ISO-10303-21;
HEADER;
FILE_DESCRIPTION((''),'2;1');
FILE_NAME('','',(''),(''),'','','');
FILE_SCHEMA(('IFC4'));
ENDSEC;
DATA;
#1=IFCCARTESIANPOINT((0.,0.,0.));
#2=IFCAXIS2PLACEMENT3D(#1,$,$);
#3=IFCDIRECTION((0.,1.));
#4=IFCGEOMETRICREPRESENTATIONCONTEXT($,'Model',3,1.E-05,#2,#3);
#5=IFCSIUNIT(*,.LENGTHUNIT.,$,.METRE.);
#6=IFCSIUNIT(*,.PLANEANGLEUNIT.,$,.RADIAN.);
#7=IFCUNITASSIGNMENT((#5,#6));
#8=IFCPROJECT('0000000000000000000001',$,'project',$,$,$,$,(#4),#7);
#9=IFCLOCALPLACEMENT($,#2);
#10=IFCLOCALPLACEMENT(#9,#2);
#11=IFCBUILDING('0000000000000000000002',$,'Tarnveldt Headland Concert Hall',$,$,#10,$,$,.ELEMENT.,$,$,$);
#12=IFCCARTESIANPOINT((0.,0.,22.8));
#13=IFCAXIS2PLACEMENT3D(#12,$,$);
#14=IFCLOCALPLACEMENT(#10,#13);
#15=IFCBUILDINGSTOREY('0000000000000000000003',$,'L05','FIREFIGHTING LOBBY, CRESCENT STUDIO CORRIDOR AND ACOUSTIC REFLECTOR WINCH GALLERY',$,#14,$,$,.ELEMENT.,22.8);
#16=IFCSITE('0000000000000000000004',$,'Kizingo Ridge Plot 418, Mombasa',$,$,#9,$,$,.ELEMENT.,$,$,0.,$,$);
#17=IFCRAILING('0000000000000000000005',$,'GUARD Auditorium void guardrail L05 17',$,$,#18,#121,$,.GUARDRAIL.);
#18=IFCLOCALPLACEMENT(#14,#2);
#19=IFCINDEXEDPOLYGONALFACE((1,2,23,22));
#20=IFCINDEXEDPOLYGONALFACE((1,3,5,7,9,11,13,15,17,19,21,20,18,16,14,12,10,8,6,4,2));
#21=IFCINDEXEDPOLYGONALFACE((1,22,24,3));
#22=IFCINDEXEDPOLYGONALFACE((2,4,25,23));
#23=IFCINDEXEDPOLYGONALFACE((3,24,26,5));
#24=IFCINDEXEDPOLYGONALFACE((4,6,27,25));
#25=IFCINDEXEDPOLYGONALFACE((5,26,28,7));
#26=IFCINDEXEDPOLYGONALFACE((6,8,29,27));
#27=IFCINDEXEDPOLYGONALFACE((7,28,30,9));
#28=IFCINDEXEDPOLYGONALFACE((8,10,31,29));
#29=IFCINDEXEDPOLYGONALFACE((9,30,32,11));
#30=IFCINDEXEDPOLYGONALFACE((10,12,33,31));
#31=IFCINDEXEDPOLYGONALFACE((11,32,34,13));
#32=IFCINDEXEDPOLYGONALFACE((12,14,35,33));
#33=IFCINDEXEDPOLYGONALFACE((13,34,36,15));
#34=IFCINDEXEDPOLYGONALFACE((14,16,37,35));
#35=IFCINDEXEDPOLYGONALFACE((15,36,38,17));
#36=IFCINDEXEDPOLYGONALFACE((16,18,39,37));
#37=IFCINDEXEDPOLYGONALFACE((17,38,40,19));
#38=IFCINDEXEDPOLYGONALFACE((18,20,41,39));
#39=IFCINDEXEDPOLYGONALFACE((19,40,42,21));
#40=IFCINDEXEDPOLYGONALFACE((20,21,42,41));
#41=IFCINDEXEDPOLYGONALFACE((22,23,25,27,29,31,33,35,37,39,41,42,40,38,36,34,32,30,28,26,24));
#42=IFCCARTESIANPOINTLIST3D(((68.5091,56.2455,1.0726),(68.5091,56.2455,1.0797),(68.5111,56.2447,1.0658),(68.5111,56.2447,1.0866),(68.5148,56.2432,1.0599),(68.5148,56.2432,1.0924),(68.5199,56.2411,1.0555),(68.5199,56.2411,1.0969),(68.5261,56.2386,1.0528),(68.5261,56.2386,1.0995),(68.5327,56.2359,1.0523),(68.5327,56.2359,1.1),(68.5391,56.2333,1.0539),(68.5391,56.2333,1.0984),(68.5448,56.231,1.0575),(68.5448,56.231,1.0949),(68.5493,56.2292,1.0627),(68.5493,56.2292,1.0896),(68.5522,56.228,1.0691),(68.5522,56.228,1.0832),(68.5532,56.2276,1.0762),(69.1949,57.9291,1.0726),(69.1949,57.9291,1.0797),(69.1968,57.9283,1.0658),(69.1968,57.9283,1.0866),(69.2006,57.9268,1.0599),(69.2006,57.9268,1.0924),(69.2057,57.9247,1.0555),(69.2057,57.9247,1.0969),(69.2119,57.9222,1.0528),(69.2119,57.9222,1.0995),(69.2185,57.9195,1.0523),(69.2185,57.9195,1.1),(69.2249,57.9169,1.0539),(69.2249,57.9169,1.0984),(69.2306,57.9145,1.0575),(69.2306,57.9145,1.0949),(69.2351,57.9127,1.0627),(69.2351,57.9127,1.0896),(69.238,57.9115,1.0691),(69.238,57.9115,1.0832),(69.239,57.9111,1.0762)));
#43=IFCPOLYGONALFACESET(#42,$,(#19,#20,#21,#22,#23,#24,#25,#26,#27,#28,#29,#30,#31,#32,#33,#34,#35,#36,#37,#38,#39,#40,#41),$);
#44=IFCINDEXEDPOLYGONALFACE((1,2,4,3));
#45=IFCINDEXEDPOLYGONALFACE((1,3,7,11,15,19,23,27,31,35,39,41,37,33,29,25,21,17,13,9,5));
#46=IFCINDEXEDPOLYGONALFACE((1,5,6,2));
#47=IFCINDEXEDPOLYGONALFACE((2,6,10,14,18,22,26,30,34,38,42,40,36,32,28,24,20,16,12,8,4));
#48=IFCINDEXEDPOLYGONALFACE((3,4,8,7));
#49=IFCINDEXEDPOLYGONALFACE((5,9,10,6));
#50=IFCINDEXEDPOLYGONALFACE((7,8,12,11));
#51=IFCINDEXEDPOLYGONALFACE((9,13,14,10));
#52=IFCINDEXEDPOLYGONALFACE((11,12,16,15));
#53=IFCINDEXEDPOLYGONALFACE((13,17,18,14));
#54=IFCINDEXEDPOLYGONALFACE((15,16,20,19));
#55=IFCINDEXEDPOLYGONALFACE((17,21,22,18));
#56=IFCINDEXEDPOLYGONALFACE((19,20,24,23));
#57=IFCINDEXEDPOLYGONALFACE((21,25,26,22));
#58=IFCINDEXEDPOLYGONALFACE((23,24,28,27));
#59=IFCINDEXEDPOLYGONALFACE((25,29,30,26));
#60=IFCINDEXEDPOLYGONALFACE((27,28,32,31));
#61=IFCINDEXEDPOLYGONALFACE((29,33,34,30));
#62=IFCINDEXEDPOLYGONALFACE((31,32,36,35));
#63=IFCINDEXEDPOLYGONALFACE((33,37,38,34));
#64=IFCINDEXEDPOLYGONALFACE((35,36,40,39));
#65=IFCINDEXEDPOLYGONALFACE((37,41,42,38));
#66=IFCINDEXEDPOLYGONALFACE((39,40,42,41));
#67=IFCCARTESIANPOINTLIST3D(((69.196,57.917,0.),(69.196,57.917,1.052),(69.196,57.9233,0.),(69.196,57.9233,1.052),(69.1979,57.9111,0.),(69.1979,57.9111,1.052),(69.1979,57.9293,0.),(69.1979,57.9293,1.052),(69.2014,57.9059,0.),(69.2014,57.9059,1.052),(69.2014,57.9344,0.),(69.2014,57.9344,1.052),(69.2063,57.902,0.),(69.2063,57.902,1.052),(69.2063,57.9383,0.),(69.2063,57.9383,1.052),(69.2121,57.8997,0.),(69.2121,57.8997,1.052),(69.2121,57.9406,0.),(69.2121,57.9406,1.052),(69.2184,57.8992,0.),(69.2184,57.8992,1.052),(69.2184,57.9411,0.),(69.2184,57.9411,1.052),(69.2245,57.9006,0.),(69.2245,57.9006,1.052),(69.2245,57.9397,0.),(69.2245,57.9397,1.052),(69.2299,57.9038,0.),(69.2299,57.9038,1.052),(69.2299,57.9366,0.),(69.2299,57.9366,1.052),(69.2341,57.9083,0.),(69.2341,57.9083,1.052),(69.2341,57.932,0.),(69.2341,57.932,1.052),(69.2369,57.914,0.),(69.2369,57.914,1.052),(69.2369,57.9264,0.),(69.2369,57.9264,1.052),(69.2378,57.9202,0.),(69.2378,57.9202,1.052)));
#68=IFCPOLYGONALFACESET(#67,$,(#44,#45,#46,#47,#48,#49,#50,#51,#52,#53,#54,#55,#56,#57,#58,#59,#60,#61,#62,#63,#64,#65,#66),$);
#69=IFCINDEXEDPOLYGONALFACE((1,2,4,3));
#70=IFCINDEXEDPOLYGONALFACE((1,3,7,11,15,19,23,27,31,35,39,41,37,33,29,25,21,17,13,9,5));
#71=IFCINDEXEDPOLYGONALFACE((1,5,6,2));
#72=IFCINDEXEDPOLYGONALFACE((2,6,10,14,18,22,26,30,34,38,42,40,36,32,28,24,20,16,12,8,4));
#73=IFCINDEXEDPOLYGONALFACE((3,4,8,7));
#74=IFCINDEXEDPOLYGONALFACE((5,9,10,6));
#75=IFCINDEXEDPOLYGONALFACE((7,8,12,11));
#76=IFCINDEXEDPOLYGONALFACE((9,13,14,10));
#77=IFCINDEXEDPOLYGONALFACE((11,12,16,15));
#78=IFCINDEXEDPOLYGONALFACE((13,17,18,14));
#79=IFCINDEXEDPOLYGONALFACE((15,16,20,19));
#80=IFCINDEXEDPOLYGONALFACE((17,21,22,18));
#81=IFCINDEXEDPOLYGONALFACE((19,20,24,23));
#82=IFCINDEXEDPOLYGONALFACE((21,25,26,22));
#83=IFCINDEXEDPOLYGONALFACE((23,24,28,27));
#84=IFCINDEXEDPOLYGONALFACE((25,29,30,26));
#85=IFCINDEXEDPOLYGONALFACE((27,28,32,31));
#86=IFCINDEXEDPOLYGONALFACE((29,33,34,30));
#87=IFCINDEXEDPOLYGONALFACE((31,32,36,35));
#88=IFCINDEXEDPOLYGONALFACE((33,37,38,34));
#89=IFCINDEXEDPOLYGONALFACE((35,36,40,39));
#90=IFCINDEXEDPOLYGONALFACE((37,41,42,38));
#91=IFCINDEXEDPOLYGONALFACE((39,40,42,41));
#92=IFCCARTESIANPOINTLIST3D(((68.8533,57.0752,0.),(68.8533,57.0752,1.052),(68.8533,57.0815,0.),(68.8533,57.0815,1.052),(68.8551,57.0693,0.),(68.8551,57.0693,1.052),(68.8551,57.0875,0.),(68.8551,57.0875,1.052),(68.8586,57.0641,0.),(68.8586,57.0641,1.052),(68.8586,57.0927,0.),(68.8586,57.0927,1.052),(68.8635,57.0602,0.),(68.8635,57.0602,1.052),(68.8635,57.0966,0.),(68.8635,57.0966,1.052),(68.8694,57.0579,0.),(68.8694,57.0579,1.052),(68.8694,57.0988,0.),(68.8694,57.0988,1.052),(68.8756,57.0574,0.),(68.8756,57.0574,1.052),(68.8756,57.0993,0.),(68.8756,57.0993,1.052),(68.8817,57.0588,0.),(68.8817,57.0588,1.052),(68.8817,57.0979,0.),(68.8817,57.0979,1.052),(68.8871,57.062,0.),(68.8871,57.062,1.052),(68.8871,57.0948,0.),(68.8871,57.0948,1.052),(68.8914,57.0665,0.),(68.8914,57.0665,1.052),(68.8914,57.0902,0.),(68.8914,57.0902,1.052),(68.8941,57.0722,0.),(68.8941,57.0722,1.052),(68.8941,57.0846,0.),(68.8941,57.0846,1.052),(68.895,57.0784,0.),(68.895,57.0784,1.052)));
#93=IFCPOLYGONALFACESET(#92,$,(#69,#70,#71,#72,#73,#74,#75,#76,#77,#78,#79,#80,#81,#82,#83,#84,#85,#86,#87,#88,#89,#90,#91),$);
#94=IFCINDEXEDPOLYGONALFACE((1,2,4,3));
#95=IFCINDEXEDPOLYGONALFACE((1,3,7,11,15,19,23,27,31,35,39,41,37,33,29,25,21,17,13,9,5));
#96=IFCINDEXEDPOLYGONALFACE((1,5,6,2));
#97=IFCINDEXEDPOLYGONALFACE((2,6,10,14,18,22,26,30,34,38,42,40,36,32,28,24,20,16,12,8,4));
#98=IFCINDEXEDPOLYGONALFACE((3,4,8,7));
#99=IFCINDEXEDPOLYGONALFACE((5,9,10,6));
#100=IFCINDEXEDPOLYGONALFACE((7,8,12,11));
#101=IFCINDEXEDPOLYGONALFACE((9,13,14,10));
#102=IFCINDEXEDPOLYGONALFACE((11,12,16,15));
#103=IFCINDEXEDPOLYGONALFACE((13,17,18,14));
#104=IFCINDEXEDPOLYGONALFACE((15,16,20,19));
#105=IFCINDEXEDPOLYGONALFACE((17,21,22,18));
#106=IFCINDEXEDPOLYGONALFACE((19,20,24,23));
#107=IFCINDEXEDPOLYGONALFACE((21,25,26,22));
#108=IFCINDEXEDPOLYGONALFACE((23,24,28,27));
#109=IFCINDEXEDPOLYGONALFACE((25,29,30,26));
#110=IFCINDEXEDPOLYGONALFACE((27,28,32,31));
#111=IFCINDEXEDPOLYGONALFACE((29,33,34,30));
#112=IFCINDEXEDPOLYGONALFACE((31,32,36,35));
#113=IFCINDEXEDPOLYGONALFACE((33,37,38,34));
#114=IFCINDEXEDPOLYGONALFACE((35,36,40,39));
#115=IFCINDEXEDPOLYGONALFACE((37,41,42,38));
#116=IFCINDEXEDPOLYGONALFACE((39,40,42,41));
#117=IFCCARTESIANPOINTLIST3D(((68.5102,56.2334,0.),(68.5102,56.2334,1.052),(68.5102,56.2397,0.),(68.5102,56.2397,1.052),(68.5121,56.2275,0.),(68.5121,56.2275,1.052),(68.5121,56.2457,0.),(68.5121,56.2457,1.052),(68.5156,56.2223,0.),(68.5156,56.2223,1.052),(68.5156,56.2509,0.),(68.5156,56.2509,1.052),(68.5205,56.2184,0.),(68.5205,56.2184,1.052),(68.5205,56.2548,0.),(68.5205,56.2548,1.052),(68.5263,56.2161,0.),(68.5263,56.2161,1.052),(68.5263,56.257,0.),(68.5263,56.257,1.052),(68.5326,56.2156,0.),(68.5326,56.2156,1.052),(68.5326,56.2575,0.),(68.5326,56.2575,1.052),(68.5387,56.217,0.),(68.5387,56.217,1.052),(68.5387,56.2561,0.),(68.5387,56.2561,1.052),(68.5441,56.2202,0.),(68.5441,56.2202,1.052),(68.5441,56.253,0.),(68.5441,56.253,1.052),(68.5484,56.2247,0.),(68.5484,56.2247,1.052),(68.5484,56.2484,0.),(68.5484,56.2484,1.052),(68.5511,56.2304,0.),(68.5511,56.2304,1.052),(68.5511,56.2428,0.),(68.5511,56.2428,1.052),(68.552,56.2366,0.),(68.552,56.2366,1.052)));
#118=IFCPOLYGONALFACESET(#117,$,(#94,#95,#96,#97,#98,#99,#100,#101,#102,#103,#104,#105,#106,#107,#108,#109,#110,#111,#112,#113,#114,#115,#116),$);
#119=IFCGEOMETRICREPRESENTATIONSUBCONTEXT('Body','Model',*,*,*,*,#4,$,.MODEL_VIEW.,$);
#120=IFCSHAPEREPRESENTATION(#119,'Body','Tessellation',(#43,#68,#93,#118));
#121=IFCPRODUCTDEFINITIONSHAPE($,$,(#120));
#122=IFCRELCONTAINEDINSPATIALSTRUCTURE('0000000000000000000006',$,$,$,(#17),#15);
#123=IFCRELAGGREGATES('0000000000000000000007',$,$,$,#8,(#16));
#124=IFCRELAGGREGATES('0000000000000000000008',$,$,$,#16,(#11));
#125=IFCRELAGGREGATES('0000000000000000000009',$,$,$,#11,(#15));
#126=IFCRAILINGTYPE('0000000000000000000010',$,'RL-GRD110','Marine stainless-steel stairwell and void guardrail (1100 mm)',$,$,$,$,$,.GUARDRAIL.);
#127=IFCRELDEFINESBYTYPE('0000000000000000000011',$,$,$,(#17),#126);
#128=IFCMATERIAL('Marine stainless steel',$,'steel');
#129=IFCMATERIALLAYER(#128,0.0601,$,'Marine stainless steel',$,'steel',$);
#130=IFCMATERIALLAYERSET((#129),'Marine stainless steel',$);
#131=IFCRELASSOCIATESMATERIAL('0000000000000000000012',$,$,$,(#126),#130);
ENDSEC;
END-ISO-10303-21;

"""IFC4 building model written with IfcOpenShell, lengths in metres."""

from ifc_helpers import new_model, si_unit, direction, frame, origin, origin_2d, place, context, subcontext, project, spatial, circle, extrude, material, layer, layer_set, type_object, element, save


model = new_model("IFC4")

# Units and contexts
model_context = context("Model", 3, precision=1e-05, world=origin(), true_north=direction((0.0, 1.0)))
body_context = subcontext(model_context, "Body", "Model", "MODEL_VIEW")
ifc_project = project(units=[si_unit("LENGTHUNIT", "METRE"), si_unit("PLANEANGLEUNIT", "RADIAN")], contexts=[model_context])

# Site, building, storey
site_placement = place(None, origin())
site = spatial("IfcSite", under=ifc_project, at=site_placement, Name="Kizingo Ridge Plot 418, Mombasa", CompositionType="ELEMENT", RefElevation=0.0)
building_placement = place(site_placement, origin())
building = spatial("IfcBuilding", under=site, at=building_placement, Name="Tarnveldt Headland Concert Hall", CompositionType="ELEMENT")
storey_placement = place(building_placement, frame((0.0, 0.0, 22.8)))
storey = spatial("IfcBuildingStorey", under=building, at=storey_placement, Name="L05", Description="FIREFIGHTING LOBBY, CRESCENT STUDIO CORRIDOR AND ACOUSTIC REFLECTOR WINCH GALLERY", CompositionType="ELEMENT", Elevation=22.8)

# Railing
ifc_material_1 = material(Name="Marine stainless steel", Category="steel")
ifc_layer_1 = layer(ifc_material_1, 0.0601, Name="Marine stainless steel", Category="steel")
ifc_layer_set_1 = layer_set([ifc_layer_1], Name="Marine stainless steel")
railing_type = type_object("IfcRailingType", Name="RL-GRD110", Description="Marine stainless-steel stairwell and void guardrail (1100 mm)", PredefinedType="GUARDRAIL", material=ifc_layer_set_1)
railing_1_placement = place(storey_placement, frame((69.2168, 57.9202, 0.0)))
element("IfcRailing", 1, at=railing_1_placement, inside=storey, type_object=railing_type, Name="GUARD Auditorium void guardrail L05 17", PredefinedType="GUARDRAIL", context=body_context, shape_type="SweptSolid", body=[
    extrude(circle(Radius=0.0239, at=origin_2d()), frame((0.0, 0.0, 1.0762), z_axis=(-0.377241, -0.926115, 0.0), x_axis=(0.926115, -0.377241, 0.0)), (0.0, 0.0, 1.0), 1.8179),
    extrude(circle(Radius=0.021, at=origin_2d()), origin(), (0.0, 0.0, 1.0), 1.052),
    extrude(circle(Radius=0.021, at=origin_2d()), frame((-0.3428, -0.8418, 0.0)), (0.0, 0.0, 1.0), 1.052),
    extrude(circle(Radius=0.021, at=origin_2d()), frame((-0.6858, -1.6836, 0.0)), (0.0, 0.0, 1.0), 1.052),
])

save(model, "model.ifc")
